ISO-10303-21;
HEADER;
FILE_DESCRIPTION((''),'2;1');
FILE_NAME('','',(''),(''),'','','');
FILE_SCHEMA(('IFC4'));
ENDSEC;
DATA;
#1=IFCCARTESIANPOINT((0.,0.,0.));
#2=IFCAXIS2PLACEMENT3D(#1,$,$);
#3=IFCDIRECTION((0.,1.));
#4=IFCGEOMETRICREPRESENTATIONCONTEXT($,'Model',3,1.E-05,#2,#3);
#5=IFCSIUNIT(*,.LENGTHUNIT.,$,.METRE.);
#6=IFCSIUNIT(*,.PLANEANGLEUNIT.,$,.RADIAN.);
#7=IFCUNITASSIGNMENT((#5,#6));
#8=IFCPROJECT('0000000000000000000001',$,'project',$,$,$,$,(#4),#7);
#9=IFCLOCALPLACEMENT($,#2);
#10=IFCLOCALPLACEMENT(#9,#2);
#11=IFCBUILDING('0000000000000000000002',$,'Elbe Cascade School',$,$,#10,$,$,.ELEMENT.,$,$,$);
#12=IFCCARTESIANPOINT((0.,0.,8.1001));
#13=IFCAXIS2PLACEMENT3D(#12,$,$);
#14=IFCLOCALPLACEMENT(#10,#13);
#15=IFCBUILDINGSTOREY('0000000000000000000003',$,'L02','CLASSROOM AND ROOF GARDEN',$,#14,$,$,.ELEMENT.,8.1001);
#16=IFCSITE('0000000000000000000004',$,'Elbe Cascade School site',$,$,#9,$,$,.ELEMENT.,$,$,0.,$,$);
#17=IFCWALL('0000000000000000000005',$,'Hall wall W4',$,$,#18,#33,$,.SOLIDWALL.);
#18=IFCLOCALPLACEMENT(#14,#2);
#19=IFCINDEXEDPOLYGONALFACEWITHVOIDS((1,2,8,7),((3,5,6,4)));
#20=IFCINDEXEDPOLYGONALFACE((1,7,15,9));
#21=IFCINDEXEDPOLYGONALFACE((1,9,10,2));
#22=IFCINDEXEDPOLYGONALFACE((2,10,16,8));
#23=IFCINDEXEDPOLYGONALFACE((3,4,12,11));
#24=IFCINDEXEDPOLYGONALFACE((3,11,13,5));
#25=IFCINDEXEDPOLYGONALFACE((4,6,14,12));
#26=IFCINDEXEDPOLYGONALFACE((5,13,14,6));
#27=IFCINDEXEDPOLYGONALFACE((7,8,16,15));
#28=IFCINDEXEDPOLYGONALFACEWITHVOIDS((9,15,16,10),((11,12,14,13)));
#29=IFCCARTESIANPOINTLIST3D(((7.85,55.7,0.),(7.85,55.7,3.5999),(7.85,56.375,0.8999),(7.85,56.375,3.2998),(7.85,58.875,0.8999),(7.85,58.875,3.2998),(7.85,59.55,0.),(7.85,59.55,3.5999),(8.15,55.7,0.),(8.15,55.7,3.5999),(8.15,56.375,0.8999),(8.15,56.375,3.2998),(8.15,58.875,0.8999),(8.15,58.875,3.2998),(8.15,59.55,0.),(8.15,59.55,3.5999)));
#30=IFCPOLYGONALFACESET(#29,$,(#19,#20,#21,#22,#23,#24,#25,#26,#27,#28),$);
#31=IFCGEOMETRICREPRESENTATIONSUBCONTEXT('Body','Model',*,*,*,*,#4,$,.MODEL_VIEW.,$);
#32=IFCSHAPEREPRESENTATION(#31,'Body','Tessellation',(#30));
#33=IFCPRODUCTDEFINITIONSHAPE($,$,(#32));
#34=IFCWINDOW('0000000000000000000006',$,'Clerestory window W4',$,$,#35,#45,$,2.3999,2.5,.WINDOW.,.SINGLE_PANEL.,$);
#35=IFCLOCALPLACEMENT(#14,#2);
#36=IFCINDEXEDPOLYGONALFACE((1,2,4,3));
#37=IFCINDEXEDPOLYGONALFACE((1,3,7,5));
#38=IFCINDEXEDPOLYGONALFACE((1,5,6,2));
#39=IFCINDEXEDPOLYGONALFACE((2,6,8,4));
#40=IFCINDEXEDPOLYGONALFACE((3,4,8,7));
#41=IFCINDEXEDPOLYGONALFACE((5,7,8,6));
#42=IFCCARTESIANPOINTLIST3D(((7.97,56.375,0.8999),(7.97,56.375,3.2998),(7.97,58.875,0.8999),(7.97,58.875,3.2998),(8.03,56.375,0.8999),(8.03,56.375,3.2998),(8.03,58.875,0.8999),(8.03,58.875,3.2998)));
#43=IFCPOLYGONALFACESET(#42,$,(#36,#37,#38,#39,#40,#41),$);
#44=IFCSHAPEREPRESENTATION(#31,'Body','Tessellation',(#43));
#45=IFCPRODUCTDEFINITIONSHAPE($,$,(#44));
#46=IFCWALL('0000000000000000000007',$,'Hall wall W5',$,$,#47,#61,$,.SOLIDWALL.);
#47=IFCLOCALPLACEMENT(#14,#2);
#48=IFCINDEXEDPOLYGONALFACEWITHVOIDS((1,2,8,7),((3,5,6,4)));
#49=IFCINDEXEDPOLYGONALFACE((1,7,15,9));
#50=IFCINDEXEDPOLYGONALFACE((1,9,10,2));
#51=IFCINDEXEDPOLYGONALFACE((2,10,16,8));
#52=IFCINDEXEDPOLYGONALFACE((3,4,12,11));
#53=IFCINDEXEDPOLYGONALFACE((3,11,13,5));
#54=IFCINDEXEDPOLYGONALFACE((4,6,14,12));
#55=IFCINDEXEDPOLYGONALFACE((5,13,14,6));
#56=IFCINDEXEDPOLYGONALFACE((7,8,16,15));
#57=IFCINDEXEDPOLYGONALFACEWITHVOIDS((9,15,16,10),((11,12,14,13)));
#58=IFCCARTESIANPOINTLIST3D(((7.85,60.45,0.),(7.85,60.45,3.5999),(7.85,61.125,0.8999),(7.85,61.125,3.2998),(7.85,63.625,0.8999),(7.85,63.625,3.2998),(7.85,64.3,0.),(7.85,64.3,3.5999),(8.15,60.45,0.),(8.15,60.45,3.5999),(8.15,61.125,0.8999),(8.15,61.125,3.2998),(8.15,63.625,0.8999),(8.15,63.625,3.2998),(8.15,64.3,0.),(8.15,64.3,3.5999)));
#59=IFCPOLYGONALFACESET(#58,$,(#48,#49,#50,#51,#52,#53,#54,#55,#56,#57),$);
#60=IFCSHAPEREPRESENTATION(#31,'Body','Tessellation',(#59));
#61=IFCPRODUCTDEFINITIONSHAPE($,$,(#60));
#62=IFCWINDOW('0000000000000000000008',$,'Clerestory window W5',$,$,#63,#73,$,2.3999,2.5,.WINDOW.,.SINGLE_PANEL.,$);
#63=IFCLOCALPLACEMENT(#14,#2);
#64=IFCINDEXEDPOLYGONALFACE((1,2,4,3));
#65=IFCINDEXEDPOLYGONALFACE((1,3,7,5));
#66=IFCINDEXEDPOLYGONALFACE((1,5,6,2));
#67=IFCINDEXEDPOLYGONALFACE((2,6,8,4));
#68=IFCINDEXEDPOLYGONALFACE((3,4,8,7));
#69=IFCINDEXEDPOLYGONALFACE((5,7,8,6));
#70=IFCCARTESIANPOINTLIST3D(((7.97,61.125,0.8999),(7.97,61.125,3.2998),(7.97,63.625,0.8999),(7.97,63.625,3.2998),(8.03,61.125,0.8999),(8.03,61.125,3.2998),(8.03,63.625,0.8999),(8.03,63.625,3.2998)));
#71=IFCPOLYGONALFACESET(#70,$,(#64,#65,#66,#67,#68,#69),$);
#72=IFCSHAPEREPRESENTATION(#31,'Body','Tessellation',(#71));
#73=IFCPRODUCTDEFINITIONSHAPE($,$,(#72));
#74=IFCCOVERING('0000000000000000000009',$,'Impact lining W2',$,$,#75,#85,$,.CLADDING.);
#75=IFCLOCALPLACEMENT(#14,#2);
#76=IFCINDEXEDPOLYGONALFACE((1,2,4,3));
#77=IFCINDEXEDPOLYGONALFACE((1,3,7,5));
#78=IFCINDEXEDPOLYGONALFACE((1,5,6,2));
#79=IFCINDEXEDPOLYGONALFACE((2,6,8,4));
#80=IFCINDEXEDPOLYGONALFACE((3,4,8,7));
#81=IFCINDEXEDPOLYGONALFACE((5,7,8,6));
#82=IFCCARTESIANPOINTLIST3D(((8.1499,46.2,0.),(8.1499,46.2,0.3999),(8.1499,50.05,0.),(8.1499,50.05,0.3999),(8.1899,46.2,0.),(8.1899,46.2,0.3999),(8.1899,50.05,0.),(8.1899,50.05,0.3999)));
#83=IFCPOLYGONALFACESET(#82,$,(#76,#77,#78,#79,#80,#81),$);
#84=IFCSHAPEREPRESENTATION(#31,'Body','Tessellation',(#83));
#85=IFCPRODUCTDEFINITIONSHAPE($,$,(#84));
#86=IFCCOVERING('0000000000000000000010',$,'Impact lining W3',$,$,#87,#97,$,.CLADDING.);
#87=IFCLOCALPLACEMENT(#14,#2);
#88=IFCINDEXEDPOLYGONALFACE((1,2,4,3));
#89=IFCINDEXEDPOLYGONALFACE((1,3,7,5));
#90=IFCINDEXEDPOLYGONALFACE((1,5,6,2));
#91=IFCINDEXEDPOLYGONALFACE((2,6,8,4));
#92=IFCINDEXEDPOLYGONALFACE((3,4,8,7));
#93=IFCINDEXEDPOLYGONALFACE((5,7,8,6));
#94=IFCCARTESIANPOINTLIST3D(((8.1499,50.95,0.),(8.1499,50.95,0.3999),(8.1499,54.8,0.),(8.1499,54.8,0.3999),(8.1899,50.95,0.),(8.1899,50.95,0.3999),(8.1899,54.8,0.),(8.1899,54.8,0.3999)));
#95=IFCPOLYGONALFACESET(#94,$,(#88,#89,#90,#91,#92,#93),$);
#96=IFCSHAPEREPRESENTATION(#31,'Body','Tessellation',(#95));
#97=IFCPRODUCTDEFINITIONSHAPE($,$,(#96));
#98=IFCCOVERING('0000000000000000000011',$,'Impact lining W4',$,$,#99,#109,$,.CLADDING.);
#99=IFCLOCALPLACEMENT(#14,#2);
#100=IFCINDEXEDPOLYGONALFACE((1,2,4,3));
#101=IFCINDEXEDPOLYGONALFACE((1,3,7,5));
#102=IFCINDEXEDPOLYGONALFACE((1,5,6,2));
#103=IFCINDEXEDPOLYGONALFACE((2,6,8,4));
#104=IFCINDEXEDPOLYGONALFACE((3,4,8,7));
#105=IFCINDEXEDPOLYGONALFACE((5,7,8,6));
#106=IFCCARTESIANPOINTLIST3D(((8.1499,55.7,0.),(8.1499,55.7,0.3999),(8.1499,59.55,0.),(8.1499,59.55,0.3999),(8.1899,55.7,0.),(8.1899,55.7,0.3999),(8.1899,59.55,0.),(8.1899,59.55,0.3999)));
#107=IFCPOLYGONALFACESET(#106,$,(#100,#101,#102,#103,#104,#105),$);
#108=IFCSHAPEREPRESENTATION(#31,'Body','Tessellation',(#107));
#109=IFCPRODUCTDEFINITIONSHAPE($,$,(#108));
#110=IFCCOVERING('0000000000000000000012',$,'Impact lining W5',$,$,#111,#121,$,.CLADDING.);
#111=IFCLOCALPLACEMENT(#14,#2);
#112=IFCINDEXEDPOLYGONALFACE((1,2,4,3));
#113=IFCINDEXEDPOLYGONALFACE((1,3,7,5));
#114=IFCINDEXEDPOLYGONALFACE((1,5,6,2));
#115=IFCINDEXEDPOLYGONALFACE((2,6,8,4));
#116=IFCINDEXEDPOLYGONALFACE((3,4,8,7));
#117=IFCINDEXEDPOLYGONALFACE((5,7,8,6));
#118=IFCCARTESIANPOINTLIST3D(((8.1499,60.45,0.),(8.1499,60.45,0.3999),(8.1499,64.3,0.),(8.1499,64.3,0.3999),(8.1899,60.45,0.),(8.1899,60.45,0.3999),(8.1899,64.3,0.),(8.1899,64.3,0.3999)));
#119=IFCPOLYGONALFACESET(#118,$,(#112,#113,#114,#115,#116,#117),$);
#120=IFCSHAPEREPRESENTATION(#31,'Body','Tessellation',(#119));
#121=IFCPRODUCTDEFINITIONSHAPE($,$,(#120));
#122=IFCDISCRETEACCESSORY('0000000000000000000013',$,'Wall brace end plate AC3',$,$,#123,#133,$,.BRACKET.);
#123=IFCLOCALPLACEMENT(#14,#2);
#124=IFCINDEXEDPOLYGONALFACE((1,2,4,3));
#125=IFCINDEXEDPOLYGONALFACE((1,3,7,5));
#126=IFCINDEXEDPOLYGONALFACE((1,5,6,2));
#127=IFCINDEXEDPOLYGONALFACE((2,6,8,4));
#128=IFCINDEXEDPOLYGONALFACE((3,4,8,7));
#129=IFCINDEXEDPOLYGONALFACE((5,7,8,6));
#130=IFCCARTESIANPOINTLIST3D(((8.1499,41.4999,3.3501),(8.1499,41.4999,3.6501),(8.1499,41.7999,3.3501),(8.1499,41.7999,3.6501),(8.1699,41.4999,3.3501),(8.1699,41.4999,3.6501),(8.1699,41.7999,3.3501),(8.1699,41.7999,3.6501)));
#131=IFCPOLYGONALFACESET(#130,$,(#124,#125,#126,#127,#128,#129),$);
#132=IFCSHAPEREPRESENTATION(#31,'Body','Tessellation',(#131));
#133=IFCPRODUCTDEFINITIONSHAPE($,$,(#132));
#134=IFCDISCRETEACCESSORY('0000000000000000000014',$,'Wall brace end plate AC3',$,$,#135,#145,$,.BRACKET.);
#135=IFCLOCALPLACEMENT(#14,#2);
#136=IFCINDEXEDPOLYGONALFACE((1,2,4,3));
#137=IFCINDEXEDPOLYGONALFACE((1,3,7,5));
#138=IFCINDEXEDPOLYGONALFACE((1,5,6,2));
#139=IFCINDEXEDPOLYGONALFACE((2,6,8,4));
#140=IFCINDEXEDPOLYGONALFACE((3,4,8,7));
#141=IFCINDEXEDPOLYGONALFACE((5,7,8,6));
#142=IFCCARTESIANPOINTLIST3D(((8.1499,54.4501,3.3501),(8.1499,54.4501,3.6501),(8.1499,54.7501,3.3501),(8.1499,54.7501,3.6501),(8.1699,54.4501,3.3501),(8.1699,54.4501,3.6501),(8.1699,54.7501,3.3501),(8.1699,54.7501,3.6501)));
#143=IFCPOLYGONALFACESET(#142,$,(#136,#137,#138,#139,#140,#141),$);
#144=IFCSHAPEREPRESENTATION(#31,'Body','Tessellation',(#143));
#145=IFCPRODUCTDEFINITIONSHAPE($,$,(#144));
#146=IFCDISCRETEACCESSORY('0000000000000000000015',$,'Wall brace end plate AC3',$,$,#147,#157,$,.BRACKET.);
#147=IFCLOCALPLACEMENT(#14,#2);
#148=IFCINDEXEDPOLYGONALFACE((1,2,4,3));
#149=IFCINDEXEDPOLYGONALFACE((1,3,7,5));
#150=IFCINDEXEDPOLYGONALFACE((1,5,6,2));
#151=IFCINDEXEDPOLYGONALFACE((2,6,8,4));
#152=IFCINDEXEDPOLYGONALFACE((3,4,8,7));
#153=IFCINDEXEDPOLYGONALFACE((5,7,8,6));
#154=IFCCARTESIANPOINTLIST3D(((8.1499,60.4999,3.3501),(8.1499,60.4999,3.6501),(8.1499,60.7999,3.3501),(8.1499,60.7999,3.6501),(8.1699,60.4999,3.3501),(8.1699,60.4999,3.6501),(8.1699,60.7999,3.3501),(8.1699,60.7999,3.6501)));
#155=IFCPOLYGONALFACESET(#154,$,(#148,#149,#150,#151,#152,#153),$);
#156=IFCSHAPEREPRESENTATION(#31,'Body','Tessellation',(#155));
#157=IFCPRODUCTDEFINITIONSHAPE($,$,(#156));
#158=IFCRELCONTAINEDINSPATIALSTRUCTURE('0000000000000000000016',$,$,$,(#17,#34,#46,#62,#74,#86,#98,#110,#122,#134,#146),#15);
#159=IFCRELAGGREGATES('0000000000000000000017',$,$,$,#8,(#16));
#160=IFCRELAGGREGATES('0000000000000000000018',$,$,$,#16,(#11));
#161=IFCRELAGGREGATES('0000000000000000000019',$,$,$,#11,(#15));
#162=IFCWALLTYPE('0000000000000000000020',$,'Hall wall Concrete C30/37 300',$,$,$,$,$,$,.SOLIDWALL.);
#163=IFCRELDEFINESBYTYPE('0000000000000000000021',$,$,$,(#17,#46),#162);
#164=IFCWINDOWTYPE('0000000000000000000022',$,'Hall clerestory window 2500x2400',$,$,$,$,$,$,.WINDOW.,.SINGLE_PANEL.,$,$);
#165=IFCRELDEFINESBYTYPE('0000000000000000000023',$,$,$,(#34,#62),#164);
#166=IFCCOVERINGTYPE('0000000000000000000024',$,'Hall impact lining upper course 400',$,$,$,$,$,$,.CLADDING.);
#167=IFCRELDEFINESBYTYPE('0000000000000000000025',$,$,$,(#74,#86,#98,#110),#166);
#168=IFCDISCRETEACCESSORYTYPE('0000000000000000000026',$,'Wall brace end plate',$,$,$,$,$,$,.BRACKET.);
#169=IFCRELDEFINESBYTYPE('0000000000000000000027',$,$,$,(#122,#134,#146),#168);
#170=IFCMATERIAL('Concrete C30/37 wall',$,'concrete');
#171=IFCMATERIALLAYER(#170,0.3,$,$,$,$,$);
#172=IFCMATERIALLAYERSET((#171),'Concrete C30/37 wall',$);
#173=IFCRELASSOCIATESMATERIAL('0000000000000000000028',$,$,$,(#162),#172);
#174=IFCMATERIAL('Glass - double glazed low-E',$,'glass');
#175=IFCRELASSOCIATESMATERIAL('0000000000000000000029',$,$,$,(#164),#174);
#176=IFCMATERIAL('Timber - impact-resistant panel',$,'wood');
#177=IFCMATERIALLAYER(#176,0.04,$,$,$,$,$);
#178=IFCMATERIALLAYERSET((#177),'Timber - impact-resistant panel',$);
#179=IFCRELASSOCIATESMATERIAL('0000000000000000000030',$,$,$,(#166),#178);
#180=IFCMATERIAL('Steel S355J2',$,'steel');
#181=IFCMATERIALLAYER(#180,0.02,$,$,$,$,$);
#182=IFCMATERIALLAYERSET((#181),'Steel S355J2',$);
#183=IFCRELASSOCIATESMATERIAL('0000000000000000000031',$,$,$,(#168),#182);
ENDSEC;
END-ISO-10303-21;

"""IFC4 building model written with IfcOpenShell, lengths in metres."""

from ifc_helpers import new_model, si_unit, direction, frame, frame_2d, origin, origin_2d, place, context, subcontext, project, spatial, rectangle, extrude, material, layer, layer_set, type_object, element, fill, save


model = new_model("IFC4")

# Units and contexts
model_context = context("Model", 3, precision=1e-05, world=origin(), true_north=direction((0.0, 1.0)))
body_context = subcontext(model_context, "Body", "Model", "MODEL_VIEW")
ifc_project = project(units=[si_unit("LENGTHUNIT", "METRE"), si_unit("PLANEANGLEUNIT", "RADIAN")], contexts=[model_context])

# Site, building, storey
site_placement = place(None, origin())
site = spatial("IfcSite", under=ifc_project, at=site_placement, Name="Elbe Cascade School site", CompositionType="ELEMENT", RefElevation=0.0)
building_placement = place(site_placement, origin())
building = spatial("IfcBuilding", under=site, at=building_placement, Name="Elbe Cascade School", CompositionType="ELEMENT")
storey_placement = place(building_placement, frame((0.0, 0.0, 8.1001)))
storey = spatial("IfcBuildingStorey", under=building, at=storey_placement, Name="L02", Description="CLASSROOM AND ROOF GARDEN", CompositionType="ELEMENT", Elevation=8.1001)

# Walls, openings, windows
ifc_material_1 = material(Name="Concrete C30/37 wall", Category="concrete")
ifc_layer_1 = layer(ifc_material_1, 0.3)
ifc_layer_set_1 = layer_set([ifc_layer_1], Name="Concrete C30/37 wall")
wall_type = type_object("IfcWallType", Name="Hall wall Concrete C30/37 300", PredefinedType="SOLIDWALL", material=ifc_layer_set_1)
ifc_material_2 = material(Name="Glass - double glazed low-E", Category="glass")
window_type = type_object("IfcWindowType", Name="Hall clerestory window 2500x2400", PartitioningType="SINGLE_PANEL", PredefinedType="WINDOW", material=ifc_material_2)
wall_1_placement = place(storey_placement, frame((8.0, 55.7, 0.0), z_axis=(0.0, 0.0, 1.0), x_axis=(0.0, 1.0, 0.0)))
wall_1 = element("IfcWall", 1, at=wall_1_placement, inside=storey, type_object=wall_type, Name="Hall wall W4", PredefinedType="SOLIDWALL", context=body_context, shape_type="SweptSolid", body=[
    extrude(rectangle(XDim=3.8501, YDim=0.3, at=frame_2d((1.925, 0.0))), origin(), (0.0, 0.0, 1.0), 3.5999),
])
opening_1_placement = place(wall_1_placement, frame((0.675, 0.0, 0.8999)))
opening_1 = element("IfcOpeningElement", 2, at=opening_1_placement, cuts=wall_1, PredefinedType="OPENING", context=body_context, shape_type="SweptSolid", body=[
    extrude(rectangle(XDim=2.5, YDim=2.3999, at=frame_2d((1.25, 1.2))), frame((0.0, 0.1599, 0.0), z_axis=(0.0, -1.0, 0.0), x_axis=(1.0, 0.0, 0.0)), (0.0, 0.0, 1.0), 0.3201),
])
window_1_placement = place(opening_1_placement, origin())
window_1 = element("IfcWindow", 3, at=window_1_placement, inside=storey, type_object=window_type, Name="Clerestory window W4", OverallHeight=2.3999, OverallWidth=2.5, PartitioningType="SINGLE_PANEL", PredefinedType="WINDOW", context=body_context, shape_type="SweptSolid", body=[
    extrude(rectangle(XDim=2.5, YDim=2.3999, at=frame_2d((1.25, 1.2))), frame((0.0, 0.03, 0.0), z_axis=(0.0, -1.0, 0.0), x_axis=(1.0, 0.0, 0.0)), (0.0, 0.0, 1.0), 0.0601),
])
fill(opening_1, window_1)
wall_2_placement = place(storey_placement, frame((8.0, 60.45, 0.0), z_axis=(0.0, 0.0, 1.0), x_axis=(0.0, 1.0, 0.0)))
wall_2 = element("IfcWall", 4, at=wall_2_placement, inside=storey, type_object=wall_type, Name="Hall wall W5", PredefinedType="SOLIDWALL", context=body_context, shape_type="SweptSolid", body=[
    extrude(rectangle(XDim=3.8501, YDim=0.3, at=frame_2d((1.925, 0.0))), origin(), (0.0, 0.0, 1.0), 3.5999),
])
opening_2_placement = place(wall_2_placement, frame((0.675, 0.0, 0.8999)))
opening_2 = element("IfcOpeningElement", 5, at=opening_2_placement, cuts=wall_2, PredefinedType="OPENING", context=body_context, shape_type="SweptSolid", body=[
    extrude(rectangle(XDim=2.5, YDim=2.3999, at=frame_2d((1.25, 1.2))), frame((0.0, 0.1599, 0.0), z_axis=(0.0, -1.0, 0.0), x_axis=(1.0, 0.0, 0.0)), (0.0, 0.0, 1.0), 0.3201),
])
window_2_placement = place(opening_2_placement, origin())
window_2 = element("IfcWindow", 6, at=window_2_placement, inside=storey, type_object=window_type, Name="Clerestory window W5", OverallHeight=2.3999, OverallWidth=2.5, PartitioningType="SINGLE_PANEL", PredefinedType="WINDOW", context=body_context, shape_type="SweptSolid", body=[
    extrude(rectangle(XDim=2.5, YDim=2.3999, at=frame_2d((1.25, 1.2))), frame((0.0, 0.03, 0.0), z_axis=(0.0, -1.0, 0.0), x_axis=(1.0, 0.0, 0.0)), (0.0, 0.0, 1.0), 0.0601),
])
fill(opening_2, window_2)

# Coverings
ifc_material_3 = material(Name="Timber - impact-resistant panel", Category="wood")
ifc_layer_2 = layer(ifc_material_3, 0.04)
ifc_layer_set_2 = layer_set([ifc_layer_2], Name="Timber - impact-resistant panel")
covering_type = type_object("IfcCoveringType", Name="Hall impact lining upper course 400", PredefinedType="CLADDING", material=ifc_layer_set_2)
for number, where, z_axis, x_axis, name in (
    (7, (8.1699, 48.125, 0.0), (0.0, 0.0, 1.0), (1.0, 0.0, 0.0), "Impact lining W2"),
    (8, (8.1699, 52.875, 0.0), (0.0, 0.0, 1.0), (1.0, 0.0, 0.0), "Impact lining W3"),
    (9, (8.1699, 57.625, 0.0), (0.0, 0.0, 1.0), (1.0, 0.0, 0.0), "Impact lining W4"),
    (10, (8.1699, 62.375, 0.0), (0.0, 0.0, 1.0), (1.0, 0.0, 0.0), "Impact lining W5"),
):
    element("IfcCovering", number, at=place(storey_placement, frame(where, z_axis=z_axis, x_axis=x_axis)), inside=storey, type_object=covering_type, Name=name, PredefinedType="CLADDING", context=body_context, shape_type="SweptSolid", body=[
        extrude(rectangle(XDim=0.04, YDim=3.8501, at=origin_2d()), origin(), (0.0, 0.0, 1.0), 0.3999),
    ])

# Discrete accessories
ifc_material_4 = material(Name="Steel S355J2", Category="steel")
ifc_layer_3 = layer(ifc_material_4, 0.02)
ifc_layer_set_3 = layer_set([ifc_layer_3], Name="Steel S355J2")
discrete_accessory_type = type_object("IfcDiscreteAccessoryType", Name="Wall brace end plate", PredefinedType="BRACKET", material=ifc_layer_set_3)
for number, where, z_axis, x_axis, name in (
    (11, (8.1599, 41.6499, 3.3501), (0.0, 0.0, 1.0), (1.0, 0.0, 0.0), "Wall brace end plate AC3"),
    (12, (8.1599, 54.6001, 3.3501), (0.0, 0.0, 1.0), (1.0, 0.0, 0.0), "Wall brace end plate AC3"),
    (13, (8.1599, 60.6499, 3.3501), (0.0, 0.0, 1.0), (1.0, 0.0, 0.0), "Wall brace end plate AC3"),
):
    element("IfcDiscreteAccessory", number, at=place(storey_placement, frame(where, z_axis=z_axis, x_axis=x_axis)), inside=storey, type_object=discrete_accessory_type, Name=name, PredefinedType="BRACKET", context=body_context, shape_type="SweptSolid", body=[
        extrude(rectangle(XDim=0.02, YDim=0.3, at=origin_2d()), origin(), (0.0, 0.0, 1.0), 0.3),
    ])

save(model, "model.ifc")
